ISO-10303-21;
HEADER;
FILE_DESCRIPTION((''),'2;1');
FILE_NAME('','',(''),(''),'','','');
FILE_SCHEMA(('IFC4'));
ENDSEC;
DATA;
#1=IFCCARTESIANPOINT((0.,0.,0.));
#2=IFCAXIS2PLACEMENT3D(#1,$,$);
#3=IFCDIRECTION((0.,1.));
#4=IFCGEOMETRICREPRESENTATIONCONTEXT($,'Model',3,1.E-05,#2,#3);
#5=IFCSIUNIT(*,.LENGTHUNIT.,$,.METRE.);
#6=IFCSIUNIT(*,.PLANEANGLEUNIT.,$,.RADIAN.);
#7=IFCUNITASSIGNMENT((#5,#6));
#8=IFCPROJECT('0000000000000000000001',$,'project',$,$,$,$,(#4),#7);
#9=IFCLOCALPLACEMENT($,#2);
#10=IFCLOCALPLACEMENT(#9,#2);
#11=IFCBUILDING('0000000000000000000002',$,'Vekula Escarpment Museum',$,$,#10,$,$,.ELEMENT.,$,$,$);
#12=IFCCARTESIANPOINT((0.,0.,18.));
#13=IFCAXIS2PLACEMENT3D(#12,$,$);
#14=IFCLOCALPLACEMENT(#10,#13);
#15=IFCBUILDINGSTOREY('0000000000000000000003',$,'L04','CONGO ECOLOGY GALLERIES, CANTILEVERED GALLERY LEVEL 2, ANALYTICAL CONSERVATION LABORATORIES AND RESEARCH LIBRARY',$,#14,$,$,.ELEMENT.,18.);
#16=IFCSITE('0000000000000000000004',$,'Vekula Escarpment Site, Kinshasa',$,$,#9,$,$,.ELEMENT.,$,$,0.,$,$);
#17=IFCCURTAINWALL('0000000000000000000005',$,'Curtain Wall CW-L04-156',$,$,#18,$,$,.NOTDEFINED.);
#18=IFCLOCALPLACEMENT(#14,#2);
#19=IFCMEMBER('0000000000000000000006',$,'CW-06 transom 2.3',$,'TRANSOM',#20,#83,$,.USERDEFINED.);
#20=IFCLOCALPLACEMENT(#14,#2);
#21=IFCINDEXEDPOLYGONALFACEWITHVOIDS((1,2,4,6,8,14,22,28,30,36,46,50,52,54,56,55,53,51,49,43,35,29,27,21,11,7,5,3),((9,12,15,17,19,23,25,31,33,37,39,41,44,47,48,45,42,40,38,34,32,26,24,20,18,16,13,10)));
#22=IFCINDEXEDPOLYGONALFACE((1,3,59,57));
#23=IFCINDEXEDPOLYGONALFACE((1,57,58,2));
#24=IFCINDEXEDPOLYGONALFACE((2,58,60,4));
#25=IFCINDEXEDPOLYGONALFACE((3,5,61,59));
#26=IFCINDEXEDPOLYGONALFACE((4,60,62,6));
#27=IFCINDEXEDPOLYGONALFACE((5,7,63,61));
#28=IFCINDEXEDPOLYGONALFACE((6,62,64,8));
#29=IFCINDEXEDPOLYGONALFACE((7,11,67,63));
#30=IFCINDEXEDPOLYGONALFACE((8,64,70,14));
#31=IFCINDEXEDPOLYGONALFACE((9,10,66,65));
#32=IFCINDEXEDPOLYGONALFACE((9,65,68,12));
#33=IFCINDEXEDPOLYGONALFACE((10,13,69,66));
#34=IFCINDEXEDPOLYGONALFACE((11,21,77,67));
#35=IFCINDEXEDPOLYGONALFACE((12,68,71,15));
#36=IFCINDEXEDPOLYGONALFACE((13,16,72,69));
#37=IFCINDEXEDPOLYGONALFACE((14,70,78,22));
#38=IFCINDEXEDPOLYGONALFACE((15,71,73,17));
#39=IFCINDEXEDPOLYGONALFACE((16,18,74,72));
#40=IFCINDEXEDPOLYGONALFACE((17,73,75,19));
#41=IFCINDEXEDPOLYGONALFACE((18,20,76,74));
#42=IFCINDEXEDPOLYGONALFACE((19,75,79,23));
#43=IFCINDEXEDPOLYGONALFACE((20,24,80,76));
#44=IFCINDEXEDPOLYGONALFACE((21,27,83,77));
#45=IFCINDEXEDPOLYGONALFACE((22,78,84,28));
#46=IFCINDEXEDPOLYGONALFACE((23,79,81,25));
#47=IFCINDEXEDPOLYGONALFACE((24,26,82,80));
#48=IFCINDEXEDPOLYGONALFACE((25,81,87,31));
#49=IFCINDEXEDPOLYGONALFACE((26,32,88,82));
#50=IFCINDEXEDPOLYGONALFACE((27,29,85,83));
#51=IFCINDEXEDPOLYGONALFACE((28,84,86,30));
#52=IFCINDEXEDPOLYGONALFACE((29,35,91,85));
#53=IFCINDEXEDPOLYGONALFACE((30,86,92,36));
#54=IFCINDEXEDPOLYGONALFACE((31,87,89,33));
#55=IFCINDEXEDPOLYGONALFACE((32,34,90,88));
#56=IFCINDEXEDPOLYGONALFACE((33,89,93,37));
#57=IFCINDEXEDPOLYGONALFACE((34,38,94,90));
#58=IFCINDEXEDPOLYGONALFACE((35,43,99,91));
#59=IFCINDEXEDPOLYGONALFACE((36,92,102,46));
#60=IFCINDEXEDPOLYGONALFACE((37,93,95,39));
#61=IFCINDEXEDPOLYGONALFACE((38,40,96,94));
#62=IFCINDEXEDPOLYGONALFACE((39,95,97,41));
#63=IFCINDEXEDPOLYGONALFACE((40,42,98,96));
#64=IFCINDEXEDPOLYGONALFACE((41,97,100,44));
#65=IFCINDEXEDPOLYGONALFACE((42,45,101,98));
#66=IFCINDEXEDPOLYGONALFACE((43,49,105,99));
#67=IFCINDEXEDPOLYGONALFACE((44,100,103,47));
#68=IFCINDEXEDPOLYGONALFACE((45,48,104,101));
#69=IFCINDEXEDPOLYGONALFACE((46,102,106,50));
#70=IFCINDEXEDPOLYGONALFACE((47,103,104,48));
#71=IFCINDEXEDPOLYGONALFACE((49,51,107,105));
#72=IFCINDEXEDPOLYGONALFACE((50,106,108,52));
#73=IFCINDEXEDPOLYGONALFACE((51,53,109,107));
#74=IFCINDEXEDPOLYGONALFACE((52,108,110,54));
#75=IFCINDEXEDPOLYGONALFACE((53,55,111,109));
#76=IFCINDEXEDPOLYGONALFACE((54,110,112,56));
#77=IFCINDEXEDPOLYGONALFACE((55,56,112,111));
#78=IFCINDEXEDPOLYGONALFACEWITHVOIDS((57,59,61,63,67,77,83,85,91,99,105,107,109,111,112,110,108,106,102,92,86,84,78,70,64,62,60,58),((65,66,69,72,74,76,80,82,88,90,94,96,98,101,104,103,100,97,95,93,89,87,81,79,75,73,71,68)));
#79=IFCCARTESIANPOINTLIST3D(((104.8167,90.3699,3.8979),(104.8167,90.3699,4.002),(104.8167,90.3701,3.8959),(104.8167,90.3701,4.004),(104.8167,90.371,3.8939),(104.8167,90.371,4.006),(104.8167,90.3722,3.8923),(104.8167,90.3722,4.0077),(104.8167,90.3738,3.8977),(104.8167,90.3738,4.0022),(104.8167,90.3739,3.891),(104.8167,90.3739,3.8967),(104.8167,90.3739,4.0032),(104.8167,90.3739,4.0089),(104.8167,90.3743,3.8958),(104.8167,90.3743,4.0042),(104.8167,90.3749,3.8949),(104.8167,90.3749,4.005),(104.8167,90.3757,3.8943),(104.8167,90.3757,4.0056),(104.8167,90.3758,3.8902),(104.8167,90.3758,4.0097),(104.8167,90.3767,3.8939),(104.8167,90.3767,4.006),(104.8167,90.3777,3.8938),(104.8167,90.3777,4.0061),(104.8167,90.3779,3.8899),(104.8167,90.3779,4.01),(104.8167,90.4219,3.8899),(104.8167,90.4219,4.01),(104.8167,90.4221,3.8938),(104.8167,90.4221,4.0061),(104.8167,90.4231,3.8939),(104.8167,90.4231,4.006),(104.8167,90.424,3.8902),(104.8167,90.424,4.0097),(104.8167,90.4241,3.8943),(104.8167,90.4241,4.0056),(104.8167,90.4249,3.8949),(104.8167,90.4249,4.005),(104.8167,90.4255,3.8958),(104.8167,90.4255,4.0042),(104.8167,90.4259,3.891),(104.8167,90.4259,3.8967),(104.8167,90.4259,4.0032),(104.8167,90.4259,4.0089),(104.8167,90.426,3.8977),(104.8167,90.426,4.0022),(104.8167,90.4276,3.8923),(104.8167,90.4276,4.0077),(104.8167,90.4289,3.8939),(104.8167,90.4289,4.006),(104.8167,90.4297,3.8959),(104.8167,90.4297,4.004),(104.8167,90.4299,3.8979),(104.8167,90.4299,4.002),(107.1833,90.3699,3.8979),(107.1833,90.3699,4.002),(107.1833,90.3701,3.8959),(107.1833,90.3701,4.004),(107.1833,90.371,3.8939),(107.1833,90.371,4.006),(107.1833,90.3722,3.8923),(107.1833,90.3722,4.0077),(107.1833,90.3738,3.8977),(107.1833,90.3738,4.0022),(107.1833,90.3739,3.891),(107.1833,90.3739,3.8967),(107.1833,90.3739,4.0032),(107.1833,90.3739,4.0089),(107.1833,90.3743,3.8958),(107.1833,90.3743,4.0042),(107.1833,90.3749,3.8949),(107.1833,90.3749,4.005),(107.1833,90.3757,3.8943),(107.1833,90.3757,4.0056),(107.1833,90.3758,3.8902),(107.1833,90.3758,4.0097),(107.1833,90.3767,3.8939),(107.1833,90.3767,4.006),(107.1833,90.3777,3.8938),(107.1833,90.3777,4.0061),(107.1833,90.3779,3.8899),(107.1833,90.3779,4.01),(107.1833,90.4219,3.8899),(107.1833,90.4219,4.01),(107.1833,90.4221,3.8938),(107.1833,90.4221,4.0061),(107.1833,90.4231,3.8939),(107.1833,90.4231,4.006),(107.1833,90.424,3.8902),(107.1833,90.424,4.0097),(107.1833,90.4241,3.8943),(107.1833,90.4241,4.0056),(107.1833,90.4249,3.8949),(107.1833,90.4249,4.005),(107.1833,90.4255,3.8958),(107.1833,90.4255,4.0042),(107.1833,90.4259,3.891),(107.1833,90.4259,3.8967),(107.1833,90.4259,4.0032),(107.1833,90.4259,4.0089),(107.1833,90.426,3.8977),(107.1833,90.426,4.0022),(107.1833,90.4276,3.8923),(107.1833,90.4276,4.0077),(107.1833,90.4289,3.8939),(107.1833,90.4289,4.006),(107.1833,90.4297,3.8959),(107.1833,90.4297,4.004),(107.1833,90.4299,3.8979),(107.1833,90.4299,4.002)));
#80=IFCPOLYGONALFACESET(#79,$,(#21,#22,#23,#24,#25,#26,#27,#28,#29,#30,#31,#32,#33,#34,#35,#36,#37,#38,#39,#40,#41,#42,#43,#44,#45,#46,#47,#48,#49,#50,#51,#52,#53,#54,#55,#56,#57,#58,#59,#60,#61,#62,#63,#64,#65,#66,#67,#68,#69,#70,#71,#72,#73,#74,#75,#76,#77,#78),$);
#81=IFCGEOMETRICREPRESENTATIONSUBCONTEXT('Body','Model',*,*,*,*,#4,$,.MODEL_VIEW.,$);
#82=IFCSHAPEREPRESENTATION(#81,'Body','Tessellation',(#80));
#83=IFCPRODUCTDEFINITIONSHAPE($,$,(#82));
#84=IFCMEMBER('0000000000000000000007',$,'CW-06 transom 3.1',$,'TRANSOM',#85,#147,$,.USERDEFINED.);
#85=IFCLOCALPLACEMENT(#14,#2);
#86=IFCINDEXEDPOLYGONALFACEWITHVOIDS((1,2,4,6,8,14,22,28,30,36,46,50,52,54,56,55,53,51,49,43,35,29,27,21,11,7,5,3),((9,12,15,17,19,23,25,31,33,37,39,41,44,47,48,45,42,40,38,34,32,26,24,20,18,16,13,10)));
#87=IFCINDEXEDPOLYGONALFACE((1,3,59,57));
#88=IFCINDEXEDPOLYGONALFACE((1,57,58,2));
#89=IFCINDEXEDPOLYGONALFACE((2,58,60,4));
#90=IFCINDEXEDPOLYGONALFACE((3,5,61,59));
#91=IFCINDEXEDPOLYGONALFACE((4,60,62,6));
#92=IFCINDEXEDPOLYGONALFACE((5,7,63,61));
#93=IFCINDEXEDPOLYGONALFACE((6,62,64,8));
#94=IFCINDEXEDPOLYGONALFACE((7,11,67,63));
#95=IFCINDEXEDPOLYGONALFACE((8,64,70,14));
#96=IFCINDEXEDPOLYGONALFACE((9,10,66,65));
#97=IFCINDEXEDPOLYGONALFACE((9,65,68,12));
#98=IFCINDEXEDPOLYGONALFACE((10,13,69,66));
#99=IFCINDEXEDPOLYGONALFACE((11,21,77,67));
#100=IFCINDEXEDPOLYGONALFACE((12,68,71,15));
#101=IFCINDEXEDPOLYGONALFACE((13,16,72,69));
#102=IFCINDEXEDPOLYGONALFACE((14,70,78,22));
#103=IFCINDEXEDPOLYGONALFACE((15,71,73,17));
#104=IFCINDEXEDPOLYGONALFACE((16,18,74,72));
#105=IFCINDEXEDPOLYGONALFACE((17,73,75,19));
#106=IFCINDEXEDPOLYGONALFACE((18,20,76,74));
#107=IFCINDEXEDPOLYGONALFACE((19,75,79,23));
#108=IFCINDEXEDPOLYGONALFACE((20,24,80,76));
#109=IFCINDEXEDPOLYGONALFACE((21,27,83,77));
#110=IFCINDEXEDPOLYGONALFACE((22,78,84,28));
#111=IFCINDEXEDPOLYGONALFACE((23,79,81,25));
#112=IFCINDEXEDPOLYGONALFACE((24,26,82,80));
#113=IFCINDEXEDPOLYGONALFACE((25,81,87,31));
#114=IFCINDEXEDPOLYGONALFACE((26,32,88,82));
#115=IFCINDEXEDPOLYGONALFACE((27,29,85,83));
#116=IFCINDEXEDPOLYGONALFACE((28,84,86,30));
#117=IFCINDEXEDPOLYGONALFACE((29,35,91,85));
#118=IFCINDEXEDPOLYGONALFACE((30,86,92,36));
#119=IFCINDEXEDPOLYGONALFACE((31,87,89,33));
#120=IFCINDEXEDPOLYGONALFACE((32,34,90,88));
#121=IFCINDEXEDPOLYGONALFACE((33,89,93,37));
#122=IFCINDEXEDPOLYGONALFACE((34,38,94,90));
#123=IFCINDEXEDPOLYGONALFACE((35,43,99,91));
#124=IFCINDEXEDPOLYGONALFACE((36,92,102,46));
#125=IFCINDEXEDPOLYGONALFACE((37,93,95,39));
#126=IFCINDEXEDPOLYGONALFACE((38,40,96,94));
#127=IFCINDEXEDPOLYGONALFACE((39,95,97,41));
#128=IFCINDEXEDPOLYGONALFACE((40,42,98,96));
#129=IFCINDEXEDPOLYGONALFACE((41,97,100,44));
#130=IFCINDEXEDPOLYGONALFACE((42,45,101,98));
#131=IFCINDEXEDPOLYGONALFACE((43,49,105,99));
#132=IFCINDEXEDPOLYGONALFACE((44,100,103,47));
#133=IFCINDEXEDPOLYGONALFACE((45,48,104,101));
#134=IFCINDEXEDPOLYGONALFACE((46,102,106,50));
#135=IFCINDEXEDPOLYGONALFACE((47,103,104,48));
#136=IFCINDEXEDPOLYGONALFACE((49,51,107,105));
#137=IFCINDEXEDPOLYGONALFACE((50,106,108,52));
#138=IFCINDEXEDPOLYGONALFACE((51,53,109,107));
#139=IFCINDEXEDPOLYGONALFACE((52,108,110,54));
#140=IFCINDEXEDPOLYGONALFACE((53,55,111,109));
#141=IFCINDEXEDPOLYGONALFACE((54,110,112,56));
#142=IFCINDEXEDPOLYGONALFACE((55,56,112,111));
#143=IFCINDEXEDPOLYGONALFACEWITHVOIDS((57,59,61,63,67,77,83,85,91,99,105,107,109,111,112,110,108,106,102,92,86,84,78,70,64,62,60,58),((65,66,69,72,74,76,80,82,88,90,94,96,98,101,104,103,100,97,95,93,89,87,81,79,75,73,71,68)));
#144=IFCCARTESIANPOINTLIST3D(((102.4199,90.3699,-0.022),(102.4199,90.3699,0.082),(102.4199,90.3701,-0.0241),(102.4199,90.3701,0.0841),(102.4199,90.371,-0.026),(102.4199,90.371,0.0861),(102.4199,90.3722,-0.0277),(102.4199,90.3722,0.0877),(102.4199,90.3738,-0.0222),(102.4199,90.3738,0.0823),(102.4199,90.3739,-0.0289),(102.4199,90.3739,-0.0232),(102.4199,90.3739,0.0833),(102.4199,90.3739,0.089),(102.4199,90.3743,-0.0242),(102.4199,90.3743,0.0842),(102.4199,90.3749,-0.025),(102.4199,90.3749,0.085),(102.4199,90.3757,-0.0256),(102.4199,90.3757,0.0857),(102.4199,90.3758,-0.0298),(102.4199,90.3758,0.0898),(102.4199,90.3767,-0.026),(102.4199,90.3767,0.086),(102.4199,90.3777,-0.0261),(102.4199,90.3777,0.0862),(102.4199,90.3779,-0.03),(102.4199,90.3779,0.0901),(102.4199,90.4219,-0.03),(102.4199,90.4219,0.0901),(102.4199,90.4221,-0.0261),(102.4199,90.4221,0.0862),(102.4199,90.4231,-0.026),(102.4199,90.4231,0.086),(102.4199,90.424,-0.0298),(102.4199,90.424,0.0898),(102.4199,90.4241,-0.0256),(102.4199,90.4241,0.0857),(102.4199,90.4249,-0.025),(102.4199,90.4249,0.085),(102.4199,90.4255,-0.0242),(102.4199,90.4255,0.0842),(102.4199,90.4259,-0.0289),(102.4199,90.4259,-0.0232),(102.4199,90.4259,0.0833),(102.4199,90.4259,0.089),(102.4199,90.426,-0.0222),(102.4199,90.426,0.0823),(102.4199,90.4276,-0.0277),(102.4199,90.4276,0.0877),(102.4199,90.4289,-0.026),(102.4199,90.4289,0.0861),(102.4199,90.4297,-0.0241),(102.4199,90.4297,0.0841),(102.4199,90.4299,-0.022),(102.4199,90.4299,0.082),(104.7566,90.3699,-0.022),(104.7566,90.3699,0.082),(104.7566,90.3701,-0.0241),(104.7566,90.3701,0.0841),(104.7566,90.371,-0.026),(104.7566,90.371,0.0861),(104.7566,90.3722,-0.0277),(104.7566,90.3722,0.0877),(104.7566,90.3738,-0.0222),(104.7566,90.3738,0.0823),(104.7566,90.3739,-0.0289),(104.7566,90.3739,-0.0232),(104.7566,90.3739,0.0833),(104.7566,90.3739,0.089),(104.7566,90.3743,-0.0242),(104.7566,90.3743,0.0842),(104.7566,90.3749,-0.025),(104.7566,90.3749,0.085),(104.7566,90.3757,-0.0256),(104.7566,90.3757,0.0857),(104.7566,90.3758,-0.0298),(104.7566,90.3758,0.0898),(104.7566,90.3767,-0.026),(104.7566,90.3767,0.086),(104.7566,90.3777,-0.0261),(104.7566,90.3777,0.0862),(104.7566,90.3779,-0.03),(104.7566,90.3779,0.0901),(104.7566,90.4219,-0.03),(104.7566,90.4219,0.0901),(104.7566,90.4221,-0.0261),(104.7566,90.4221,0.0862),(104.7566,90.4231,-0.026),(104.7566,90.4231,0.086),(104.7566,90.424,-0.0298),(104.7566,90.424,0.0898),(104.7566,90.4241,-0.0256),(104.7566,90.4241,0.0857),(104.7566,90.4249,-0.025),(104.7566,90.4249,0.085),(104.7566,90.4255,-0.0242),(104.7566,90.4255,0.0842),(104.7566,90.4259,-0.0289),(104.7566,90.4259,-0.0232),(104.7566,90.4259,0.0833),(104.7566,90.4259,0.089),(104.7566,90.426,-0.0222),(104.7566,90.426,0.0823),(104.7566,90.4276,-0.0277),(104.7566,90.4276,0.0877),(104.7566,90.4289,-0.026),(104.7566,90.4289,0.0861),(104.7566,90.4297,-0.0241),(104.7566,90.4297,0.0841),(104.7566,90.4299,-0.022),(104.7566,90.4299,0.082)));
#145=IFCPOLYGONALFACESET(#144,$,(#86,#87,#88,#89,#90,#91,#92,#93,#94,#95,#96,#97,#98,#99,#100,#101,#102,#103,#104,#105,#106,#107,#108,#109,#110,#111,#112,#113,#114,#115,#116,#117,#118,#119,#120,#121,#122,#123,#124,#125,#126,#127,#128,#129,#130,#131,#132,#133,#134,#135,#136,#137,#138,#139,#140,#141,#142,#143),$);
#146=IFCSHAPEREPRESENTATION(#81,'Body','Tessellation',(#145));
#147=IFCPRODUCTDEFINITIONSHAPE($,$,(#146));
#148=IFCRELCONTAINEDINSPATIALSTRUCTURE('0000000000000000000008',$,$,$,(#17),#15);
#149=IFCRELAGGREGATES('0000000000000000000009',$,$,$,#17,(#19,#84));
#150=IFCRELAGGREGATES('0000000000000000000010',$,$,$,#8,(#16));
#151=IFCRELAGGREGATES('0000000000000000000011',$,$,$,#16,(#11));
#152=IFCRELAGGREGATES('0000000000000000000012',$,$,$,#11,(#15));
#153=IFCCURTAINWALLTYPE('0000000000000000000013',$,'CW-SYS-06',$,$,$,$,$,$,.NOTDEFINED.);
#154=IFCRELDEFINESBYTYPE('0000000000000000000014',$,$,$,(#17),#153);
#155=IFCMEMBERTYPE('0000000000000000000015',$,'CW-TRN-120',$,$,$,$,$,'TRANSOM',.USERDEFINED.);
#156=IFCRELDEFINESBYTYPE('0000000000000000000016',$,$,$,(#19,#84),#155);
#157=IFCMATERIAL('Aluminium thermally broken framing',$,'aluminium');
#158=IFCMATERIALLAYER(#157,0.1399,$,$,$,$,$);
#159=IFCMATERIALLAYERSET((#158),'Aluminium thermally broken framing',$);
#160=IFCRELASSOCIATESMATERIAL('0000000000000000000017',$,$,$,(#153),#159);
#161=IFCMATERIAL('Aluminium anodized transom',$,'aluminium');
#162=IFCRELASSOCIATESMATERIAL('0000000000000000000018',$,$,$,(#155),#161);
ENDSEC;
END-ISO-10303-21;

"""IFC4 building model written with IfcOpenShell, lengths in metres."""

from ifc_helpers import new_model, si_unit, direction, frame, origin, origin_2d, place, context, subcontext, project, spatial, hollow_rectangle, extrude, material, layer, layer_set, material_profile, profile_set, type_object, element, aggregate, save


model = new_model("IFC4")

# Units and contexts
model_context = context("Model", 3, precision=1e-05, world=origin(), true_north=direction((0.0, 1.0)))
body_context = subcontext(model_context, "Body", "Model", "MODEL_VIEW")
ifc_project = project(units=[si_unit("LENGTHUNIT", "METRE"), si_unit("PLANEANGLEUNIT", "RADIAN")], contexts=[model_context])

# Site, building, storey
site_placement = place(None, origin())
site = spatial("IfcSite", under=ifc_project, at=site_placement, Name="Vekula Escarpment Site, Kinshasa", CompositionType="ELEMENT", RefElevation=0.0)
building_placement = place(site_placement, origin())
building = spatial("IfcBuilding", under=site, at=building_placement, Name="Vekula Escarpment Museum", CompositionType="ELEMENT")
storey_placement = place(building_placement, frame((0.0, 0.0, 18.0)))
storey = spatial("IfcBuildingStorey", under=building, at=storey_placement, Name="L04", Description="CONGO ECOLOGY GALLERIES, CANTILEVERED GALLERY LEVEL 2, ANALYTICAL CONSERVATION LABORATORIES AND RESEARCH LIBRARY", CompositionType="ELEMENT", Elevation=18.0)

# Curtain wall, members
ifc_material_1 = material(Name="Aluminium thermally broken framing", Category="aluminium")
ifc_layer_1 = layer(ifc_material_1, 0.1399)
ifc_layer_set_1 = layer_set([ifc_layer_1], Name="Aluminium thermally broken framing")
curtain_wall_type_1 = type_object("IfcCurtainWallType", Name="CW-SYS-06", PredefinedType="NOTDEFINED", material=ifc_layer_set_1)
curtain_wall_1_placement = place(storey_placement, origin())
curtain_wall_1 = element("IfcCurtainWall", 1, at=curtain_wall_1_placement, inside=storey, type_object=curtain_wall_type_1, Name="Curtain Wall CW-L04-156", PredefinedType="NOTDEFINED")
ifc_material_2 = material(Name="Aluminium anodized transom", Category="aluminium")
ifc_material_profile_1 = material_profile(ifc_material_2, hollow_rectangle(XDim=0.0601, YDim=0.1201, WallThickness=0.0039, InnerFilletRadius=0.0039, OuterFilletRadius=0.0081, at=origin_2d()), Name="ALU 120x60x4")
ifc_profile_set_1 = profile_set([ifc_material_profile_1], Name="Aluminium anodized transom")
member_type_1 = type_object("IfcMemberType", Name="CW-TRN-120", ElementType="TRANSOM", PredefinedType="USERDEFINED", material=ifc_profile_set_1)
member_1_placement = place(storey_placement, frame((107.1833, 90.3999, 3.95), z_axis=(-1.0, 0.0, 0.0), x_axis=(0.0, -1.0, 0.0)))
member_1 = element("IfcMember", 2, at=member_1_placement, type_object=member_type_1, Name="CW-06 transom 2.3", ObjectType="TRANSOM", PredefinedType="USERDEFINED", context=body_context, shape_type="SweptSolid", body=[
    extrude(hollow_rectangle(XDim=0.0601, YDim=0.1201, WallThickness=0.0039, InnerFilletRadius=0.0039, OuterFilletRadius=0.0081, at=origin_2d()), origin(), (0.0, 0.0, 1.0), 2.3667),
])
member_2_placement = place(storey_placement, frame((104.7566, 90.3999, 0.03), z_axis=(-1.0, 0.0, 0.0), x_axis=(0.0, -1.0, 0.0)))
member_2 = element("IfcMember", 3, at=member_2_placement, type_object=member_type_1, Name="CW-06 transom 3.1", ObjectType="TRANSOM", PredefinedType="USERDEFINED", context=body_context, shape_type="SweptSolid", body=[
    extrude(hollow_rectangle(XDim=0.0601, YDim=0.1201, WallThickness=0.0039, InnerFilletRadius=0.0039, OuterFilletRadius=0.0081, at=origin_2d()), origin(), (0.0, 0.0, 1.0), 2.3367),
])

aggregate(curtain_wall_1, [member_1, member_2])

save(model, "model.ifc")
